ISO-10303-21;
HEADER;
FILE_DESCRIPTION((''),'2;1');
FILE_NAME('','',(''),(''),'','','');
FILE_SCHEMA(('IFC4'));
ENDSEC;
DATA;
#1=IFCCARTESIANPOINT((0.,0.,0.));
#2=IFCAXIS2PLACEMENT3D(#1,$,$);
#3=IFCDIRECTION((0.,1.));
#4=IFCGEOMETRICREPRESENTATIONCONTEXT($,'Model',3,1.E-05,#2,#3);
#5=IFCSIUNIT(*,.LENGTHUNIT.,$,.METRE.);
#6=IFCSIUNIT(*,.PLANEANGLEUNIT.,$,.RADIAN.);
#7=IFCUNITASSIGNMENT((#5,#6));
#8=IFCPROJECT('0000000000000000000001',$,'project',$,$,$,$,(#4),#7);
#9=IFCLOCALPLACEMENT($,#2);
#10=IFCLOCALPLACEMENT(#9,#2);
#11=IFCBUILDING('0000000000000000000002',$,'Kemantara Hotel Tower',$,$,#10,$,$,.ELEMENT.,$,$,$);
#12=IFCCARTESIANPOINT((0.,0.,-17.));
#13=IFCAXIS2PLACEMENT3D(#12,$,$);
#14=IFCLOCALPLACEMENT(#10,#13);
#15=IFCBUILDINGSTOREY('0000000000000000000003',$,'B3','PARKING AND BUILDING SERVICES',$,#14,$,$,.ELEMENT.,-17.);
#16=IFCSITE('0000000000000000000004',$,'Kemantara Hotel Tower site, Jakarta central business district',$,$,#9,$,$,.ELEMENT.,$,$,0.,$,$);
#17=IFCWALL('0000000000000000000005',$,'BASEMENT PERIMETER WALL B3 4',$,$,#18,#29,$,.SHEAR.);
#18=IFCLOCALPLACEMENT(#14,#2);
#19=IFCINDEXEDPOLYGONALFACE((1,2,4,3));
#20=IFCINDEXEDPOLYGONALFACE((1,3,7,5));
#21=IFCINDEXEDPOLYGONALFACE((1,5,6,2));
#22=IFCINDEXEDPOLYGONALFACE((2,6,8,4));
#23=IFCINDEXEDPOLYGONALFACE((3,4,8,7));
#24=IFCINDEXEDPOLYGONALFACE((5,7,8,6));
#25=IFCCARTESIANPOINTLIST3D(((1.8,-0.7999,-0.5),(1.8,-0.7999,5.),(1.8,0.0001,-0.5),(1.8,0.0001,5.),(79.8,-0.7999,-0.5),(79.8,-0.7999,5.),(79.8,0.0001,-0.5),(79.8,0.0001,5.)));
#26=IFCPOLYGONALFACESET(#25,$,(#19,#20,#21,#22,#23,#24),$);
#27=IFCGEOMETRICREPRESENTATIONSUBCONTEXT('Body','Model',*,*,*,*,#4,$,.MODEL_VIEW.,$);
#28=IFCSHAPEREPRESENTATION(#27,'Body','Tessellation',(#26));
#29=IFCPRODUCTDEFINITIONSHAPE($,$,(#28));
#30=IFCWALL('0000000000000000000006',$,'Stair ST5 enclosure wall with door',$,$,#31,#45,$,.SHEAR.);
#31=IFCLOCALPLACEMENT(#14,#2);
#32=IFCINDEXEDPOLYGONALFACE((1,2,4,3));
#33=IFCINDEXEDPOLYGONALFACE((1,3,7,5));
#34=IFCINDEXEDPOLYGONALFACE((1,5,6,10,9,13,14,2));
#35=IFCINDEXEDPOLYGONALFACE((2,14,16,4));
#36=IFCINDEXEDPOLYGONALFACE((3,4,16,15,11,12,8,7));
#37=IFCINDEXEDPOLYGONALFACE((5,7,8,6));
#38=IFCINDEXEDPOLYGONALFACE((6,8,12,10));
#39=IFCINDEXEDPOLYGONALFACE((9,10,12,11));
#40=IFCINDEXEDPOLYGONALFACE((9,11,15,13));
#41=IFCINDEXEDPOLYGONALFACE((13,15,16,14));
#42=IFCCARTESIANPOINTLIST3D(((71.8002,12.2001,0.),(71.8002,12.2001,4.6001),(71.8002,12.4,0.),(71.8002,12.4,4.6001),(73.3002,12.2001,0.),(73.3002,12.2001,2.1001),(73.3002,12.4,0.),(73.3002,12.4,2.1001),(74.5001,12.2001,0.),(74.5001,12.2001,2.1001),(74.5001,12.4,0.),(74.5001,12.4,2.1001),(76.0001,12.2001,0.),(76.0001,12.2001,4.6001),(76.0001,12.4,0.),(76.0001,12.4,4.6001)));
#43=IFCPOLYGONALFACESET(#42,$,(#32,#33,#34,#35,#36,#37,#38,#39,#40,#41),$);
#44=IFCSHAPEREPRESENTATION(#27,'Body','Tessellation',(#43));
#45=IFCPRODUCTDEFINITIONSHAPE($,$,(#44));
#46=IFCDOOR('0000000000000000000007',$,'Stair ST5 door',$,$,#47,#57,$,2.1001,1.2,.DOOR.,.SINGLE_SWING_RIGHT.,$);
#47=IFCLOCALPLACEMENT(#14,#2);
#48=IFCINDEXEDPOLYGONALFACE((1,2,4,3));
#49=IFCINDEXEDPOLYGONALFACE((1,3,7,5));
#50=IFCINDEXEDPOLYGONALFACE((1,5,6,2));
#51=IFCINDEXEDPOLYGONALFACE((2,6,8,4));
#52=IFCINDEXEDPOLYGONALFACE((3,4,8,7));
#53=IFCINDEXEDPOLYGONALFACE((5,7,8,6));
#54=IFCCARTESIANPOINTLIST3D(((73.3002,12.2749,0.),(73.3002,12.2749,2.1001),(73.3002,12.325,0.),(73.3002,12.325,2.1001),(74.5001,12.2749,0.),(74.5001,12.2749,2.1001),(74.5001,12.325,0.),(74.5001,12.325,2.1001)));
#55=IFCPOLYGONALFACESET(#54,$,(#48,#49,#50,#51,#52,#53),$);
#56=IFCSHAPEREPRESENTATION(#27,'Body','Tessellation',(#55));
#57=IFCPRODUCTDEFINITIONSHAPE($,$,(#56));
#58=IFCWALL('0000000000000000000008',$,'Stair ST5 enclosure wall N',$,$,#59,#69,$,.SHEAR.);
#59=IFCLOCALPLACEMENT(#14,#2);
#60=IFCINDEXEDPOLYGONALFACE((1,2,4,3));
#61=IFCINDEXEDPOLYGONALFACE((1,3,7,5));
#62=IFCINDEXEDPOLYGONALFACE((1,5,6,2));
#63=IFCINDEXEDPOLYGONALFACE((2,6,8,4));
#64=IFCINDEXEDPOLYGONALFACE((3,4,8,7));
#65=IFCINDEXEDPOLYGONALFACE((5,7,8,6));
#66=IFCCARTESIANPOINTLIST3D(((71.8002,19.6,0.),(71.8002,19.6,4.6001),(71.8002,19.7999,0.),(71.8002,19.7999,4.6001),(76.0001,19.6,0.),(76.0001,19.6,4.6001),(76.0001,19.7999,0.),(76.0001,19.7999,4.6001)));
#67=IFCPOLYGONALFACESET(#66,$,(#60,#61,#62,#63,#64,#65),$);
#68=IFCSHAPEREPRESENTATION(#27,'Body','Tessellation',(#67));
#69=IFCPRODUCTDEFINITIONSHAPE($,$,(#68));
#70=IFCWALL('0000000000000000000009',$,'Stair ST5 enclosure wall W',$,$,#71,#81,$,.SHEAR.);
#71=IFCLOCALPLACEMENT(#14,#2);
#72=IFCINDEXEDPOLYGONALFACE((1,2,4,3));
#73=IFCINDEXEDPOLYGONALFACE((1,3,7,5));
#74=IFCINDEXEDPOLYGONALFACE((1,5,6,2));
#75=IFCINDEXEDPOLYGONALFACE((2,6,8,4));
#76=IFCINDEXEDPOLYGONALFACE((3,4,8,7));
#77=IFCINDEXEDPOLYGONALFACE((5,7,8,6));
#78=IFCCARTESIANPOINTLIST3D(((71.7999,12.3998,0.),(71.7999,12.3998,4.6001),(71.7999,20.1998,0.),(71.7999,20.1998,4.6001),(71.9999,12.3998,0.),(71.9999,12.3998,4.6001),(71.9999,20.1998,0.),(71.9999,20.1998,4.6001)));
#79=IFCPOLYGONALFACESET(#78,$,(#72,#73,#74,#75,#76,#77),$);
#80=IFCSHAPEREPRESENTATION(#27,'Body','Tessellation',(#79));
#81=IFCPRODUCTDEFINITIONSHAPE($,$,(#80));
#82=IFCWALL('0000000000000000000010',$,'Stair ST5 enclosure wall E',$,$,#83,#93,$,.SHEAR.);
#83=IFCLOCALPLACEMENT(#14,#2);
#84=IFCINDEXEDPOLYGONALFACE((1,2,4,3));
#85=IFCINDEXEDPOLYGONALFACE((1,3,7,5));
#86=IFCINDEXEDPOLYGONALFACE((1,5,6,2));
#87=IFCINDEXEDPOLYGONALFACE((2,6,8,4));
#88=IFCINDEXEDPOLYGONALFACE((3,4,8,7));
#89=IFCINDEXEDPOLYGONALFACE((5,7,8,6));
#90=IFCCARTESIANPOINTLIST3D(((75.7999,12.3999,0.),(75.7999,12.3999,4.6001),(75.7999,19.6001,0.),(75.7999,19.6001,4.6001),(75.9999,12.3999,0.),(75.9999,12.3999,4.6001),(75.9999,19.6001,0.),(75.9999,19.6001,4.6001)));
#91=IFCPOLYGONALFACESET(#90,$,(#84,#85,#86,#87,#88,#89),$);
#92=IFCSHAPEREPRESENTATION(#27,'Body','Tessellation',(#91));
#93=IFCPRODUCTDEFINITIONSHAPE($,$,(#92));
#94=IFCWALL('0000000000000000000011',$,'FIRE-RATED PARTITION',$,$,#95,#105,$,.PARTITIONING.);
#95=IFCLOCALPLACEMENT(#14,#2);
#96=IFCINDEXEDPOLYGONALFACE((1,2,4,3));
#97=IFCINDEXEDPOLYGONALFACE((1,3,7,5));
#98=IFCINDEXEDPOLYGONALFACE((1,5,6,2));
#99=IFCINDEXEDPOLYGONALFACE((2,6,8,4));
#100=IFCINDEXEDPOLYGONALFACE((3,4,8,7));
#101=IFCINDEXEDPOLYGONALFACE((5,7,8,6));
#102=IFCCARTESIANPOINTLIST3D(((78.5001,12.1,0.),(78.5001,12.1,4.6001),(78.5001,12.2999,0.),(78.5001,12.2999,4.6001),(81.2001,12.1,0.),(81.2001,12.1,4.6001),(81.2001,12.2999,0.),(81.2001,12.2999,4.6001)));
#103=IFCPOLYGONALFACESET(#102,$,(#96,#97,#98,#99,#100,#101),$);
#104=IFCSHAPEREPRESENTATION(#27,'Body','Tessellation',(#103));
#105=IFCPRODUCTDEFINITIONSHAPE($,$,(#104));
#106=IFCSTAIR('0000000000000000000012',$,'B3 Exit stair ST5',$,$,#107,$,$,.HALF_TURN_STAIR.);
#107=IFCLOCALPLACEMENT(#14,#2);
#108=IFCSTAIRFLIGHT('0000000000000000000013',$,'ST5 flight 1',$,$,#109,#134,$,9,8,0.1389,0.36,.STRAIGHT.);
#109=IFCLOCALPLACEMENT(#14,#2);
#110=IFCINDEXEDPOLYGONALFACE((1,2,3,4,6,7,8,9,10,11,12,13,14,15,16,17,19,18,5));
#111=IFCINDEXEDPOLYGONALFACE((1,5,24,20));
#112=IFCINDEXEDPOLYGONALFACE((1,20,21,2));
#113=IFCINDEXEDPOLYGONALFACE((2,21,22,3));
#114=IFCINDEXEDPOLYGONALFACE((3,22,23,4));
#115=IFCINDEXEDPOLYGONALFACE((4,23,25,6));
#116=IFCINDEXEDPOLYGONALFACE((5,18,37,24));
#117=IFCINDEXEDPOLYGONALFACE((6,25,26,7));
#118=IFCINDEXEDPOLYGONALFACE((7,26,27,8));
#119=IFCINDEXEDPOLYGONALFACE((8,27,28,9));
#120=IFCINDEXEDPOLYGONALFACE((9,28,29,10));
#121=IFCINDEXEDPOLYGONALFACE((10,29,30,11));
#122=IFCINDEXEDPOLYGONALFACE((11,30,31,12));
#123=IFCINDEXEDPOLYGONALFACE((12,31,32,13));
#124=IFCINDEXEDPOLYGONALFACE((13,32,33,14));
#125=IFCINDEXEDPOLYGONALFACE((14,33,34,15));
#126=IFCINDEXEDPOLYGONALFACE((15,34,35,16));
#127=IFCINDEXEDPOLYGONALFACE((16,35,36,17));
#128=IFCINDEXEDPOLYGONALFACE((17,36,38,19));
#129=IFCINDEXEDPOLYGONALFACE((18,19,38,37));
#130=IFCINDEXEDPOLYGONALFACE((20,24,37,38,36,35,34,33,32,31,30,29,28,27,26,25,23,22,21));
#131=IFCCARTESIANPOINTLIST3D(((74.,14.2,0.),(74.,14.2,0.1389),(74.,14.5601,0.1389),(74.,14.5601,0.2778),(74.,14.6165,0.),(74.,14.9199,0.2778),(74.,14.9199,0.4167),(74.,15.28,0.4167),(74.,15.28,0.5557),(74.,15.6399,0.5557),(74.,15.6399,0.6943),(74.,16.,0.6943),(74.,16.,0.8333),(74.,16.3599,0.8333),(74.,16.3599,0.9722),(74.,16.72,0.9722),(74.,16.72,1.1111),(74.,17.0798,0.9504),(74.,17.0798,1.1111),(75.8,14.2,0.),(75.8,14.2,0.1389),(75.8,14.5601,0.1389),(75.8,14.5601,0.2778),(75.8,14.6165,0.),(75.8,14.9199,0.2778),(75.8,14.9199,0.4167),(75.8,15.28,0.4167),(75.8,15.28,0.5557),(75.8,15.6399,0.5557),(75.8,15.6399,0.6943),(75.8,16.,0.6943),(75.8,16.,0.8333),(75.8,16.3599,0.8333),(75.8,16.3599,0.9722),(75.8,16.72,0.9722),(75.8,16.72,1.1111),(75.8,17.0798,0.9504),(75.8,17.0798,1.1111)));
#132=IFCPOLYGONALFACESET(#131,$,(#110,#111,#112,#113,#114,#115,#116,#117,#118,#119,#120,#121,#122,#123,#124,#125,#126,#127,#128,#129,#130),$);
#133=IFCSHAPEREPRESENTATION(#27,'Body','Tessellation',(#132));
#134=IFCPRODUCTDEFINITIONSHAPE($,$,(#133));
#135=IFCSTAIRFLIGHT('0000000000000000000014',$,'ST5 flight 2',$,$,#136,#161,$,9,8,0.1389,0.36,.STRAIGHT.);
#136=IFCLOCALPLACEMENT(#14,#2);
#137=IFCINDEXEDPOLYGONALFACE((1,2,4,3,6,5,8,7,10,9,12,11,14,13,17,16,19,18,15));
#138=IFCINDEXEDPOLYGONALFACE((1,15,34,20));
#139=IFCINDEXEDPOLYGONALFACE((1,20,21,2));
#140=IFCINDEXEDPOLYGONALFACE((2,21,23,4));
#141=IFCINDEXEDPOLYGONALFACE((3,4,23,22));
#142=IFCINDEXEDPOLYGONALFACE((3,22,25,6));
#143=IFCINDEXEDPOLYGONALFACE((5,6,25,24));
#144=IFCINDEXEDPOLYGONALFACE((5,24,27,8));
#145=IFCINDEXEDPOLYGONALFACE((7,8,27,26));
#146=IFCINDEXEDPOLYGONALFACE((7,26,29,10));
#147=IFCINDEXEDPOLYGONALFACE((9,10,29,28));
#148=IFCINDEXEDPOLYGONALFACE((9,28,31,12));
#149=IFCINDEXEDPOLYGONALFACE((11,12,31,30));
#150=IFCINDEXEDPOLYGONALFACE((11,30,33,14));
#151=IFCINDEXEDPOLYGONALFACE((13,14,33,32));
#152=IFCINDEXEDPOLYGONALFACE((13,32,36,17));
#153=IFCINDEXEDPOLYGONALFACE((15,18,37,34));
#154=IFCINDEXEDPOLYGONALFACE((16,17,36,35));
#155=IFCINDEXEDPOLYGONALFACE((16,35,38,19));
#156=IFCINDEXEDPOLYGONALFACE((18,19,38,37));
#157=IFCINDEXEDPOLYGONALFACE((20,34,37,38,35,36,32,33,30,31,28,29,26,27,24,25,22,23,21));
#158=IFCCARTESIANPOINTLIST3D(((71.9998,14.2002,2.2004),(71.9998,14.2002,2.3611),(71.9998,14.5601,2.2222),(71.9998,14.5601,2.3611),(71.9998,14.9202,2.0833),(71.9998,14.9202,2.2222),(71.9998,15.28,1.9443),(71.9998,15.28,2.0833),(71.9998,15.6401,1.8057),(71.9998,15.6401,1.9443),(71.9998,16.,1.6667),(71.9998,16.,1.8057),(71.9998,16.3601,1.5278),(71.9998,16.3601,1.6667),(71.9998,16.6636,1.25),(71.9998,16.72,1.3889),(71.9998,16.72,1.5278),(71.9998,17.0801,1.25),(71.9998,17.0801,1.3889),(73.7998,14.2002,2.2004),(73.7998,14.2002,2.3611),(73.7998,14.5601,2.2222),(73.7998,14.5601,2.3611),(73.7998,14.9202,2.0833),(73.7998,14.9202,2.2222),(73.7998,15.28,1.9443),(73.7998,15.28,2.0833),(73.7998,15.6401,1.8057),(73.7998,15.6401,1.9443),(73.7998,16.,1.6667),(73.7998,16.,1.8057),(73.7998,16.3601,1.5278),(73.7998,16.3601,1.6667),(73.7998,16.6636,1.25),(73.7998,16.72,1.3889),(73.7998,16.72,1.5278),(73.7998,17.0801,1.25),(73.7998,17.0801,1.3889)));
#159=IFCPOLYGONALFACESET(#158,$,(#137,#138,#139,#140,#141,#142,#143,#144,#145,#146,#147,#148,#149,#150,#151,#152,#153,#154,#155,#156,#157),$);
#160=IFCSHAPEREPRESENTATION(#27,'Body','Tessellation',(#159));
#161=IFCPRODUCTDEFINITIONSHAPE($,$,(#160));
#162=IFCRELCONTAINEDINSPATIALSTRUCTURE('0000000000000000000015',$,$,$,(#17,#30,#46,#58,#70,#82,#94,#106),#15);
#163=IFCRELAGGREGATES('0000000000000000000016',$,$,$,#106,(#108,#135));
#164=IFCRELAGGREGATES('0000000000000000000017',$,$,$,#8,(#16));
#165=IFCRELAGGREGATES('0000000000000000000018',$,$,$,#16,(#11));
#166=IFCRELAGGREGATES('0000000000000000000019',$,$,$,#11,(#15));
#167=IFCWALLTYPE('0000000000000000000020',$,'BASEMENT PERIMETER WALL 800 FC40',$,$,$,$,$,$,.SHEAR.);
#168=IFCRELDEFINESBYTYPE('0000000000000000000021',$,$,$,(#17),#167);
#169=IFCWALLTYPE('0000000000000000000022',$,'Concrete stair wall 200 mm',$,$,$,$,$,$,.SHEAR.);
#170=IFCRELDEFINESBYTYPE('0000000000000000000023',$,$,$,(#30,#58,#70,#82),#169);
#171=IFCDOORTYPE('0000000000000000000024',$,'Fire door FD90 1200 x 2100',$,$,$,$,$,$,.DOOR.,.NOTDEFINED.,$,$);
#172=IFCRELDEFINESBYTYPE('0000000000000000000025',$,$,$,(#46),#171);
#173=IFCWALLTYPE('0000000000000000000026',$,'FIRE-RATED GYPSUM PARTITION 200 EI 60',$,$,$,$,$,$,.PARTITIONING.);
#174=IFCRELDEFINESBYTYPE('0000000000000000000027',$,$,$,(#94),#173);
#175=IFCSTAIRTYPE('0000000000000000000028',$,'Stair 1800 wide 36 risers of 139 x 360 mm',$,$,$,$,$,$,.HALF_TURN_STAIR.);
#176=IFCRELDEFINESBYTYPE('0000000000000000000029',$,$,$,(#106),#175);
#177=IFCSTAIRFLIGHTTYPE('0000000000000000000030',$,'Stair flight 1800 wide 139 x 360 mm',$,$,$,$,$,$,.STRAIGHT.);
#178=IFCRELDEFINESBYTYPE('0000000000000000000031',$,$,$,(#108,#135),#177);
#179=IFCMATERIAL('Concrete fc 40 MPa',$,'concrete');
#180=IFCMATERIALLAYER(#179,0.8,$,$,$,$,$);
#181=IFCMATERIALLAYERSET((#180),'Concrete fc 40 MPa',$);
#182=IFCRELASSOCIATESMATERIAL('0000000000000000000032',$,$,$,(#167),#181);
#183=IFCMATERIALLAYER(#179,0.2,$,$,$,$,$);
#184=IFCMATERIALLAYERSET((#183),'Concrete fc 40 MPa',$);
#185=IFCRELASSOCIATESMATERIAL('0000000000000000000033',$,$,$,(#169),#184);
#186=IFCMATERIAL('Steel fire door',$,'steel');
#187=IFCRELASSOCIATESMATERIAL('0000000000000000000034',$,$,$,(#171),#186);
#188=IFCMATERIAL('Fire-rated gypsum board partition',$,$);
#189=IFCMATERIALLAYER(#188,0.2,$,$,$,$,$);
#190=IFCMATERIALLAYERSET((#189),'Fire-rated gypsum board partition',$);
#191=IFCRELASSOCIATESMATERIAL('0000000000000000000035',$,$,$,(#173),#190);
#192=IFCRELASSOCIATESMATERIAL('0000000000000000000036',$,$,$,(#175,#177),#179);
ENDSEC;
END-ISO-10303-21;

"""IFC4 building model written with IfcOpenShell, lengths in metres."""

from ifc_helpers import new_model, si_unit, direction, frame, frame_2d, origin, place, context, subcontext, project, spatial, polyline, rectangle, outline, extrude, material, layer, layer_set, type_object, element, fill, aggregate, save


model = new_model("IFC4")

# Units and contexts
model_context = context("Model", 3, precision=1e-05, world=origin(), true_north=direction((0.0, 1.0)))
body_context = subcontext(model_context, "Body", "Model", "MODEL_VIEW")
ifc_project = project(units=[si_unit("LENGTHUNIT", "METRE"), si_unit("PLANEANGLEUNIT", "RADIAN")], contexts=[model_context])

# Site, building, storey
site_placement = place(None, origin())
site = spatial("IfcSite", under=ifc_project, at=site_placement, Name="Kemantara Hotel Tower site, Jakarta central business district", CompositionType="ELEMENT", RefElevation=0.0)
building_placement = place(site_placement, origin())
building = spatial("IfcBuilding", under=site, at=building_placement, Name="Kemantara Hotel Tower", CompositionType="ELEMENT")
storey_placement = place(building_placement, frame((0.0, 0.0, -17.0)))
storey = spatial("IfcBuildingStorey", under=building, at=storey_placement, Name="B3", Description="PARKING AND BUILDING SERVICES", CompositionType="ELEMENT", Elevation=-17.0)

# Wall
ifc_material_1 = material(Name="Concrete fc 40 MPa", Category="concrete")
ifc_layer_1 = layer(ifc_material_1, 0.8)
ifc_layer_set_1 = layer_set([ifc_layer_1], Name="Concrete fc 40 MPa")
wall_type_1 = type_object("IfcWallType", Name="BASEMENT PERIMETER WALL 800 FC40", PredefinedType="SHEAR", material=ifc_layer_set_1)
wall_1_placement = place(storey_placement, frame((79.8, -0.3999, -0.5), z_axis=(0.0, 0.0, 1.0), x_axis=(-1.0, 0.0, 0.0)))
element("IfcWall", 1, at=wall_1_placement, inside=storey, type_object=wall_type_1, Name="BASEMENT PERIMETER WALL B3 4", PredefinedType="SHEAR", context=body_context, shape_type="SweptSolid", body=[
    extrude(rectangle(XDim=78.0, YDim=0.8, at=frame_2d((39.0, 0.0))), origin(), (0.0, 0.0, 1.0), 5.5),
])

# Wall, opening, door
ifc_layer_2 = layer(ifc_material_1, 0.2)
ifc_layer_set_2 = layer_set([ifc_layer_2], Name="Concrete fc 40 MPa")
wall_type_2 = type_object("IfcWallType", Name="Concrete stair wall 200 mm", PredefinedType="SHEAR", material=ifc_layer_set_2)
wall_2_placement = place(storey_placement, frame((71.8, 12.3, 0.0), z_axis=(0.0, 0.0, 1.0), x_axis=(1.0, 0.0, 0.0)))
wall_2 = element("IfcWall", 2, at=wall_2_placement, inside=storey, type_object=wall_type_2, Name="Stair ST5 enclosure wall with door", PredefinedType="SHEAR", context=body_context, shape_type="SweptSolid", body=[
    extrude(rectangle(XDim=4.2, YDim=0.2, at=frame_2d((2.1001, 0.0))), origin(), (0.0, 0.0, 1.0), 4.6001),
])
opening_placement = place(wall_2_placement, frame((1.5, 0.0, 0.0)))
opening = element("IfcOpeningElement", 3, at=opening_placement, cuts=wall_2, PredefinedType="OPENING", context=body_context, shape_type="SweptSolid", body=[
    extrude(rectangle(XDim=1.2, YDim=2.1001, at=frame_2d((0.6001, 1.05))), frame((0.0, 0.1099, 0.0), z_axis=(0.0, -1.0, 0.0), x_axis=(1.0, 0.0, 0.0)), (0.0, 0.0, 1.0), 0.22),
])
ifc_material_2 = material(Name="Steel fire door", Category="steel")
door_type = type_object("IfcDoorType", Name="Fire door FD90 1200 x 2100", OperationType="NOTDEFINED", PredefinedType="DOOR", material=ifc_material_2)
door_placement = place(opening_placement, origin())
door = element("IfcDoor", 4, at=door_placement, inside=storey, type_object=door_type, Name="Stair ST5 door", OperationType="SINGLE_SWING_RIGHT", OverallHeight=2.1001, OverallWidth=1.2, PredefinedType="DOOR", context=body_context, shape_type="SweptSolid", body=[
    extrude(rectangle(XDim=1.2, YDim=2.1001, at=frame_2d((0.6001, 1.05))), frame((0.0, 0.0249, 0.0), z_axis=(0.0, -1.0, 0.0), x_axis=(1.0, 0.0, 0.0)), (0.0, 0.0, 1.0), 0.05),
])
fill(opening, door)

# Walls
wall_3_placement = place(storey_placement, frame((71.8, 19.7, 0.0), z_axis=(0.0, 0.0, 1.0), x_axis=(1.0, 0.0, 0.0)))
element("IfcWall", 5, at=wall_3_placement, inside=storey, type_object=wall_type_2, Name="Stair ST5 enclosure wall N", PredefinedType="SHEAR", context=body_context, shape_type="SweptSolid", body=[
    extrude(rectangle(XDim=4.2, YDim=0.2, at=frame_2d((2.1001, 0.0))), origin(), (0.0, 0.0, 1.0), 4.6001),
])
wall_4_placement = place(storey_placement, frame((71.8999, 12.3999, 0.0), z_axis=(0.0, 0.0, 1.0), x_axis=(0.0, 1.0, 0.0)))
element("IfcWall", 6, at=wall_4_placement, inside=storey, type_object=wall_type_2, Name="Stair ST5 enclosure wall W", PredefinedType="SHEAR", context=body_context, shape_type="SweptSolid", body=[
    extrude(rectangle(XDim=7.8, YDim=0.2, at=frame_2d((3.8999, 0.0))), origin(), (0.0, 0.0, 1.0), 4.6001),
])
wall_5_placement = place(storey_placement, frame((75.8999, 12.3999, 0.0), z_axis=(0.0, 0.0, 1.0), x_axis=(0.0, 1.0, 0.0)))
element("IfcWall", 7, at=wall_5_placement, inside=storey, type_object=wall_type_2, Name="Stair ST5 enclosure wall E", PredefinedType="SHEAR", context=body_context, shape_type="SweptSolid", body=[
    extrude(rectangle(XDim=7.2002, YDim=0.2, at=frame_2d((3.6001, 0.0))), origin(), (0.0, 0.0, 1.0), 4.6001),
])
ifc_material_3 = material(Name="Fire-rated gypsum board partition")
ifc_layer_3 = layer(ifc_material_3, 0.2)
ifc_layer_set_3 = layer_set([ifc_layer_3], Name="Fire-rated gypsum board partition")
wall_type_3 = type_object("IfcWallType", Name="FIRE-RATED GYPSUM PARTITION 200 EI 60", PredefinedType="PARTITIONING", material=ifc_layer_set_3)
wall_6_placement = place(storey_placement, frame((78.5, 12.2, 0.0), z_axis=(0.0, 0.0, 1.0), x_axis=(1.0, 0.0, 0.0)))
element("IfcWall", 8, at=wall_6_placement, inside=storey, type_object=wall_type_3, Name="FIRE-RATED PARTITION", PredefinedType="PARTITIONING", context=body_context, shape_type="SweptSolid", body=[
    extrude(rectangle(XDim=2.7, YDim=0.2, at=frame_2d((1.3501, 0.0))), origin(), (0.0, 0.0, 1.0), 4.6001),
])

# Stair, stair flights
stair_type = type_object("IfcStairType", Name="Stair 1800 wide 36 risers of 139 x 360 mm", PredefinedType="HALF_TURN_STAIR", material=ifc_material_1)
stair_placement = place(storey_placement, origin())
stair = element("IfcStair", 9, at=stair_placement, inside=storey, type_object=stair_type, Name="B3 Exit stair ST5", PredefinedType="HALF_TURN_STAIR")
stair_flight_type = type_object("IfcStairFlightType", Name="Stair flight 1800 wide 139 x 360 mm", PredefinedType="STRAIGHT", material=ifc_material_1)
stair_flight_1_placement = place(storey_placement, frame((74.8999, 14.2, 0.0), z_axis=(0.0, 0.0, 1.0), x_axis=(0.0, 1.0, 0.0)))
stair_flight_1 = element("IfcStairFlight", 10, at=stair_flight_1_placement, type_object=stair_flight_type, Name="ST5 flight 1", NumberOfRisers=9, NumberOfTreads=8, PredefinedType="STRAIGHT", RiserHeight=0.1389, TreadLength=0.36, context=body_context, shape_type="SweptSolid", body=[
    extrude(outline(polyline([(0.0, 0.0), (0.0, 0.1389), (0.3601, 0.1389), (0.3601, 0.2778), (0.72, 0.2778), (0.72, 0.4167), (1.0801, 0.4167), (1.0801, 0.5557), (1.4399, 0.5557), (1.4399, 0.6943), (1.8, 0.6943), (1.8, 0.8333), (2.1599, 0.8333), (2.1599, 0.9722), (2.52, 0.9722), (2.52, 1.1111), (2.8799, 1.1111), (2.8799, 1.25), (2.8799, 0.9504), (0.4165, 0.0), (0.0, 0.0)])), frame((0.0, 0.8999, 0.0), z_axis=(0.0, -1.0, 0.0), x_axis=(1.0, 0.0, 0.0)), (0.0, 0.0, 1.0), 1.8),
])
stair_flight_2_placement = place(storey_placement, frame((72.8999, 17.0801, 1.25), z_axis=(0.0, 0.0, 1.0), x_axis=(0.0, -1.0, 0.0)))
stair_flight_2 = element("IfcStairFlight", 11, at=stair_flight_2_placement, type_object=stair_flight_type, Name="ST5 flight 2", NumberOfRisers=9, NumberOfTreads=8, PredefinedType="STRAIGHT", RiserHeight=0.1389, TreadLength=0.36, context=body_context, shape_type="SweptSolid", body=[
    extrude(outline(polyline([(0.0, 0.0), (0.0, 0.1389), (0.3601, 0.1389), (0.3601, 0.2778), (0.72, 0.2778), (0.72, 0.4167), (1.0801, 0.4167), (1.0801, 0.5557), (1.4399, 0.5557), (1.4399, 0.6943), (1.8, 0.6943), (1.8, 0.8333), (2.1599, 0.8333), (2.1599, 0.9722), (2.52, 0.9722), (2.52, 1.1111), (2.8799, 1.1111), (2.8799, 1.25), (2.8799, 0.9504), (0.4165, 0.0), (0.0, 0.0)])), frame((0.0, 0.8999, 0.0), z_axis=(0.0, -1.0, 0.0), x_axis=(1.0, 0.0, 0.0)), (0.0, 0.0, 1.0), 1.8),
])
aggregate(stair, [stair_flight_1, stair_flight_2])

save(model, "model.ifc")
